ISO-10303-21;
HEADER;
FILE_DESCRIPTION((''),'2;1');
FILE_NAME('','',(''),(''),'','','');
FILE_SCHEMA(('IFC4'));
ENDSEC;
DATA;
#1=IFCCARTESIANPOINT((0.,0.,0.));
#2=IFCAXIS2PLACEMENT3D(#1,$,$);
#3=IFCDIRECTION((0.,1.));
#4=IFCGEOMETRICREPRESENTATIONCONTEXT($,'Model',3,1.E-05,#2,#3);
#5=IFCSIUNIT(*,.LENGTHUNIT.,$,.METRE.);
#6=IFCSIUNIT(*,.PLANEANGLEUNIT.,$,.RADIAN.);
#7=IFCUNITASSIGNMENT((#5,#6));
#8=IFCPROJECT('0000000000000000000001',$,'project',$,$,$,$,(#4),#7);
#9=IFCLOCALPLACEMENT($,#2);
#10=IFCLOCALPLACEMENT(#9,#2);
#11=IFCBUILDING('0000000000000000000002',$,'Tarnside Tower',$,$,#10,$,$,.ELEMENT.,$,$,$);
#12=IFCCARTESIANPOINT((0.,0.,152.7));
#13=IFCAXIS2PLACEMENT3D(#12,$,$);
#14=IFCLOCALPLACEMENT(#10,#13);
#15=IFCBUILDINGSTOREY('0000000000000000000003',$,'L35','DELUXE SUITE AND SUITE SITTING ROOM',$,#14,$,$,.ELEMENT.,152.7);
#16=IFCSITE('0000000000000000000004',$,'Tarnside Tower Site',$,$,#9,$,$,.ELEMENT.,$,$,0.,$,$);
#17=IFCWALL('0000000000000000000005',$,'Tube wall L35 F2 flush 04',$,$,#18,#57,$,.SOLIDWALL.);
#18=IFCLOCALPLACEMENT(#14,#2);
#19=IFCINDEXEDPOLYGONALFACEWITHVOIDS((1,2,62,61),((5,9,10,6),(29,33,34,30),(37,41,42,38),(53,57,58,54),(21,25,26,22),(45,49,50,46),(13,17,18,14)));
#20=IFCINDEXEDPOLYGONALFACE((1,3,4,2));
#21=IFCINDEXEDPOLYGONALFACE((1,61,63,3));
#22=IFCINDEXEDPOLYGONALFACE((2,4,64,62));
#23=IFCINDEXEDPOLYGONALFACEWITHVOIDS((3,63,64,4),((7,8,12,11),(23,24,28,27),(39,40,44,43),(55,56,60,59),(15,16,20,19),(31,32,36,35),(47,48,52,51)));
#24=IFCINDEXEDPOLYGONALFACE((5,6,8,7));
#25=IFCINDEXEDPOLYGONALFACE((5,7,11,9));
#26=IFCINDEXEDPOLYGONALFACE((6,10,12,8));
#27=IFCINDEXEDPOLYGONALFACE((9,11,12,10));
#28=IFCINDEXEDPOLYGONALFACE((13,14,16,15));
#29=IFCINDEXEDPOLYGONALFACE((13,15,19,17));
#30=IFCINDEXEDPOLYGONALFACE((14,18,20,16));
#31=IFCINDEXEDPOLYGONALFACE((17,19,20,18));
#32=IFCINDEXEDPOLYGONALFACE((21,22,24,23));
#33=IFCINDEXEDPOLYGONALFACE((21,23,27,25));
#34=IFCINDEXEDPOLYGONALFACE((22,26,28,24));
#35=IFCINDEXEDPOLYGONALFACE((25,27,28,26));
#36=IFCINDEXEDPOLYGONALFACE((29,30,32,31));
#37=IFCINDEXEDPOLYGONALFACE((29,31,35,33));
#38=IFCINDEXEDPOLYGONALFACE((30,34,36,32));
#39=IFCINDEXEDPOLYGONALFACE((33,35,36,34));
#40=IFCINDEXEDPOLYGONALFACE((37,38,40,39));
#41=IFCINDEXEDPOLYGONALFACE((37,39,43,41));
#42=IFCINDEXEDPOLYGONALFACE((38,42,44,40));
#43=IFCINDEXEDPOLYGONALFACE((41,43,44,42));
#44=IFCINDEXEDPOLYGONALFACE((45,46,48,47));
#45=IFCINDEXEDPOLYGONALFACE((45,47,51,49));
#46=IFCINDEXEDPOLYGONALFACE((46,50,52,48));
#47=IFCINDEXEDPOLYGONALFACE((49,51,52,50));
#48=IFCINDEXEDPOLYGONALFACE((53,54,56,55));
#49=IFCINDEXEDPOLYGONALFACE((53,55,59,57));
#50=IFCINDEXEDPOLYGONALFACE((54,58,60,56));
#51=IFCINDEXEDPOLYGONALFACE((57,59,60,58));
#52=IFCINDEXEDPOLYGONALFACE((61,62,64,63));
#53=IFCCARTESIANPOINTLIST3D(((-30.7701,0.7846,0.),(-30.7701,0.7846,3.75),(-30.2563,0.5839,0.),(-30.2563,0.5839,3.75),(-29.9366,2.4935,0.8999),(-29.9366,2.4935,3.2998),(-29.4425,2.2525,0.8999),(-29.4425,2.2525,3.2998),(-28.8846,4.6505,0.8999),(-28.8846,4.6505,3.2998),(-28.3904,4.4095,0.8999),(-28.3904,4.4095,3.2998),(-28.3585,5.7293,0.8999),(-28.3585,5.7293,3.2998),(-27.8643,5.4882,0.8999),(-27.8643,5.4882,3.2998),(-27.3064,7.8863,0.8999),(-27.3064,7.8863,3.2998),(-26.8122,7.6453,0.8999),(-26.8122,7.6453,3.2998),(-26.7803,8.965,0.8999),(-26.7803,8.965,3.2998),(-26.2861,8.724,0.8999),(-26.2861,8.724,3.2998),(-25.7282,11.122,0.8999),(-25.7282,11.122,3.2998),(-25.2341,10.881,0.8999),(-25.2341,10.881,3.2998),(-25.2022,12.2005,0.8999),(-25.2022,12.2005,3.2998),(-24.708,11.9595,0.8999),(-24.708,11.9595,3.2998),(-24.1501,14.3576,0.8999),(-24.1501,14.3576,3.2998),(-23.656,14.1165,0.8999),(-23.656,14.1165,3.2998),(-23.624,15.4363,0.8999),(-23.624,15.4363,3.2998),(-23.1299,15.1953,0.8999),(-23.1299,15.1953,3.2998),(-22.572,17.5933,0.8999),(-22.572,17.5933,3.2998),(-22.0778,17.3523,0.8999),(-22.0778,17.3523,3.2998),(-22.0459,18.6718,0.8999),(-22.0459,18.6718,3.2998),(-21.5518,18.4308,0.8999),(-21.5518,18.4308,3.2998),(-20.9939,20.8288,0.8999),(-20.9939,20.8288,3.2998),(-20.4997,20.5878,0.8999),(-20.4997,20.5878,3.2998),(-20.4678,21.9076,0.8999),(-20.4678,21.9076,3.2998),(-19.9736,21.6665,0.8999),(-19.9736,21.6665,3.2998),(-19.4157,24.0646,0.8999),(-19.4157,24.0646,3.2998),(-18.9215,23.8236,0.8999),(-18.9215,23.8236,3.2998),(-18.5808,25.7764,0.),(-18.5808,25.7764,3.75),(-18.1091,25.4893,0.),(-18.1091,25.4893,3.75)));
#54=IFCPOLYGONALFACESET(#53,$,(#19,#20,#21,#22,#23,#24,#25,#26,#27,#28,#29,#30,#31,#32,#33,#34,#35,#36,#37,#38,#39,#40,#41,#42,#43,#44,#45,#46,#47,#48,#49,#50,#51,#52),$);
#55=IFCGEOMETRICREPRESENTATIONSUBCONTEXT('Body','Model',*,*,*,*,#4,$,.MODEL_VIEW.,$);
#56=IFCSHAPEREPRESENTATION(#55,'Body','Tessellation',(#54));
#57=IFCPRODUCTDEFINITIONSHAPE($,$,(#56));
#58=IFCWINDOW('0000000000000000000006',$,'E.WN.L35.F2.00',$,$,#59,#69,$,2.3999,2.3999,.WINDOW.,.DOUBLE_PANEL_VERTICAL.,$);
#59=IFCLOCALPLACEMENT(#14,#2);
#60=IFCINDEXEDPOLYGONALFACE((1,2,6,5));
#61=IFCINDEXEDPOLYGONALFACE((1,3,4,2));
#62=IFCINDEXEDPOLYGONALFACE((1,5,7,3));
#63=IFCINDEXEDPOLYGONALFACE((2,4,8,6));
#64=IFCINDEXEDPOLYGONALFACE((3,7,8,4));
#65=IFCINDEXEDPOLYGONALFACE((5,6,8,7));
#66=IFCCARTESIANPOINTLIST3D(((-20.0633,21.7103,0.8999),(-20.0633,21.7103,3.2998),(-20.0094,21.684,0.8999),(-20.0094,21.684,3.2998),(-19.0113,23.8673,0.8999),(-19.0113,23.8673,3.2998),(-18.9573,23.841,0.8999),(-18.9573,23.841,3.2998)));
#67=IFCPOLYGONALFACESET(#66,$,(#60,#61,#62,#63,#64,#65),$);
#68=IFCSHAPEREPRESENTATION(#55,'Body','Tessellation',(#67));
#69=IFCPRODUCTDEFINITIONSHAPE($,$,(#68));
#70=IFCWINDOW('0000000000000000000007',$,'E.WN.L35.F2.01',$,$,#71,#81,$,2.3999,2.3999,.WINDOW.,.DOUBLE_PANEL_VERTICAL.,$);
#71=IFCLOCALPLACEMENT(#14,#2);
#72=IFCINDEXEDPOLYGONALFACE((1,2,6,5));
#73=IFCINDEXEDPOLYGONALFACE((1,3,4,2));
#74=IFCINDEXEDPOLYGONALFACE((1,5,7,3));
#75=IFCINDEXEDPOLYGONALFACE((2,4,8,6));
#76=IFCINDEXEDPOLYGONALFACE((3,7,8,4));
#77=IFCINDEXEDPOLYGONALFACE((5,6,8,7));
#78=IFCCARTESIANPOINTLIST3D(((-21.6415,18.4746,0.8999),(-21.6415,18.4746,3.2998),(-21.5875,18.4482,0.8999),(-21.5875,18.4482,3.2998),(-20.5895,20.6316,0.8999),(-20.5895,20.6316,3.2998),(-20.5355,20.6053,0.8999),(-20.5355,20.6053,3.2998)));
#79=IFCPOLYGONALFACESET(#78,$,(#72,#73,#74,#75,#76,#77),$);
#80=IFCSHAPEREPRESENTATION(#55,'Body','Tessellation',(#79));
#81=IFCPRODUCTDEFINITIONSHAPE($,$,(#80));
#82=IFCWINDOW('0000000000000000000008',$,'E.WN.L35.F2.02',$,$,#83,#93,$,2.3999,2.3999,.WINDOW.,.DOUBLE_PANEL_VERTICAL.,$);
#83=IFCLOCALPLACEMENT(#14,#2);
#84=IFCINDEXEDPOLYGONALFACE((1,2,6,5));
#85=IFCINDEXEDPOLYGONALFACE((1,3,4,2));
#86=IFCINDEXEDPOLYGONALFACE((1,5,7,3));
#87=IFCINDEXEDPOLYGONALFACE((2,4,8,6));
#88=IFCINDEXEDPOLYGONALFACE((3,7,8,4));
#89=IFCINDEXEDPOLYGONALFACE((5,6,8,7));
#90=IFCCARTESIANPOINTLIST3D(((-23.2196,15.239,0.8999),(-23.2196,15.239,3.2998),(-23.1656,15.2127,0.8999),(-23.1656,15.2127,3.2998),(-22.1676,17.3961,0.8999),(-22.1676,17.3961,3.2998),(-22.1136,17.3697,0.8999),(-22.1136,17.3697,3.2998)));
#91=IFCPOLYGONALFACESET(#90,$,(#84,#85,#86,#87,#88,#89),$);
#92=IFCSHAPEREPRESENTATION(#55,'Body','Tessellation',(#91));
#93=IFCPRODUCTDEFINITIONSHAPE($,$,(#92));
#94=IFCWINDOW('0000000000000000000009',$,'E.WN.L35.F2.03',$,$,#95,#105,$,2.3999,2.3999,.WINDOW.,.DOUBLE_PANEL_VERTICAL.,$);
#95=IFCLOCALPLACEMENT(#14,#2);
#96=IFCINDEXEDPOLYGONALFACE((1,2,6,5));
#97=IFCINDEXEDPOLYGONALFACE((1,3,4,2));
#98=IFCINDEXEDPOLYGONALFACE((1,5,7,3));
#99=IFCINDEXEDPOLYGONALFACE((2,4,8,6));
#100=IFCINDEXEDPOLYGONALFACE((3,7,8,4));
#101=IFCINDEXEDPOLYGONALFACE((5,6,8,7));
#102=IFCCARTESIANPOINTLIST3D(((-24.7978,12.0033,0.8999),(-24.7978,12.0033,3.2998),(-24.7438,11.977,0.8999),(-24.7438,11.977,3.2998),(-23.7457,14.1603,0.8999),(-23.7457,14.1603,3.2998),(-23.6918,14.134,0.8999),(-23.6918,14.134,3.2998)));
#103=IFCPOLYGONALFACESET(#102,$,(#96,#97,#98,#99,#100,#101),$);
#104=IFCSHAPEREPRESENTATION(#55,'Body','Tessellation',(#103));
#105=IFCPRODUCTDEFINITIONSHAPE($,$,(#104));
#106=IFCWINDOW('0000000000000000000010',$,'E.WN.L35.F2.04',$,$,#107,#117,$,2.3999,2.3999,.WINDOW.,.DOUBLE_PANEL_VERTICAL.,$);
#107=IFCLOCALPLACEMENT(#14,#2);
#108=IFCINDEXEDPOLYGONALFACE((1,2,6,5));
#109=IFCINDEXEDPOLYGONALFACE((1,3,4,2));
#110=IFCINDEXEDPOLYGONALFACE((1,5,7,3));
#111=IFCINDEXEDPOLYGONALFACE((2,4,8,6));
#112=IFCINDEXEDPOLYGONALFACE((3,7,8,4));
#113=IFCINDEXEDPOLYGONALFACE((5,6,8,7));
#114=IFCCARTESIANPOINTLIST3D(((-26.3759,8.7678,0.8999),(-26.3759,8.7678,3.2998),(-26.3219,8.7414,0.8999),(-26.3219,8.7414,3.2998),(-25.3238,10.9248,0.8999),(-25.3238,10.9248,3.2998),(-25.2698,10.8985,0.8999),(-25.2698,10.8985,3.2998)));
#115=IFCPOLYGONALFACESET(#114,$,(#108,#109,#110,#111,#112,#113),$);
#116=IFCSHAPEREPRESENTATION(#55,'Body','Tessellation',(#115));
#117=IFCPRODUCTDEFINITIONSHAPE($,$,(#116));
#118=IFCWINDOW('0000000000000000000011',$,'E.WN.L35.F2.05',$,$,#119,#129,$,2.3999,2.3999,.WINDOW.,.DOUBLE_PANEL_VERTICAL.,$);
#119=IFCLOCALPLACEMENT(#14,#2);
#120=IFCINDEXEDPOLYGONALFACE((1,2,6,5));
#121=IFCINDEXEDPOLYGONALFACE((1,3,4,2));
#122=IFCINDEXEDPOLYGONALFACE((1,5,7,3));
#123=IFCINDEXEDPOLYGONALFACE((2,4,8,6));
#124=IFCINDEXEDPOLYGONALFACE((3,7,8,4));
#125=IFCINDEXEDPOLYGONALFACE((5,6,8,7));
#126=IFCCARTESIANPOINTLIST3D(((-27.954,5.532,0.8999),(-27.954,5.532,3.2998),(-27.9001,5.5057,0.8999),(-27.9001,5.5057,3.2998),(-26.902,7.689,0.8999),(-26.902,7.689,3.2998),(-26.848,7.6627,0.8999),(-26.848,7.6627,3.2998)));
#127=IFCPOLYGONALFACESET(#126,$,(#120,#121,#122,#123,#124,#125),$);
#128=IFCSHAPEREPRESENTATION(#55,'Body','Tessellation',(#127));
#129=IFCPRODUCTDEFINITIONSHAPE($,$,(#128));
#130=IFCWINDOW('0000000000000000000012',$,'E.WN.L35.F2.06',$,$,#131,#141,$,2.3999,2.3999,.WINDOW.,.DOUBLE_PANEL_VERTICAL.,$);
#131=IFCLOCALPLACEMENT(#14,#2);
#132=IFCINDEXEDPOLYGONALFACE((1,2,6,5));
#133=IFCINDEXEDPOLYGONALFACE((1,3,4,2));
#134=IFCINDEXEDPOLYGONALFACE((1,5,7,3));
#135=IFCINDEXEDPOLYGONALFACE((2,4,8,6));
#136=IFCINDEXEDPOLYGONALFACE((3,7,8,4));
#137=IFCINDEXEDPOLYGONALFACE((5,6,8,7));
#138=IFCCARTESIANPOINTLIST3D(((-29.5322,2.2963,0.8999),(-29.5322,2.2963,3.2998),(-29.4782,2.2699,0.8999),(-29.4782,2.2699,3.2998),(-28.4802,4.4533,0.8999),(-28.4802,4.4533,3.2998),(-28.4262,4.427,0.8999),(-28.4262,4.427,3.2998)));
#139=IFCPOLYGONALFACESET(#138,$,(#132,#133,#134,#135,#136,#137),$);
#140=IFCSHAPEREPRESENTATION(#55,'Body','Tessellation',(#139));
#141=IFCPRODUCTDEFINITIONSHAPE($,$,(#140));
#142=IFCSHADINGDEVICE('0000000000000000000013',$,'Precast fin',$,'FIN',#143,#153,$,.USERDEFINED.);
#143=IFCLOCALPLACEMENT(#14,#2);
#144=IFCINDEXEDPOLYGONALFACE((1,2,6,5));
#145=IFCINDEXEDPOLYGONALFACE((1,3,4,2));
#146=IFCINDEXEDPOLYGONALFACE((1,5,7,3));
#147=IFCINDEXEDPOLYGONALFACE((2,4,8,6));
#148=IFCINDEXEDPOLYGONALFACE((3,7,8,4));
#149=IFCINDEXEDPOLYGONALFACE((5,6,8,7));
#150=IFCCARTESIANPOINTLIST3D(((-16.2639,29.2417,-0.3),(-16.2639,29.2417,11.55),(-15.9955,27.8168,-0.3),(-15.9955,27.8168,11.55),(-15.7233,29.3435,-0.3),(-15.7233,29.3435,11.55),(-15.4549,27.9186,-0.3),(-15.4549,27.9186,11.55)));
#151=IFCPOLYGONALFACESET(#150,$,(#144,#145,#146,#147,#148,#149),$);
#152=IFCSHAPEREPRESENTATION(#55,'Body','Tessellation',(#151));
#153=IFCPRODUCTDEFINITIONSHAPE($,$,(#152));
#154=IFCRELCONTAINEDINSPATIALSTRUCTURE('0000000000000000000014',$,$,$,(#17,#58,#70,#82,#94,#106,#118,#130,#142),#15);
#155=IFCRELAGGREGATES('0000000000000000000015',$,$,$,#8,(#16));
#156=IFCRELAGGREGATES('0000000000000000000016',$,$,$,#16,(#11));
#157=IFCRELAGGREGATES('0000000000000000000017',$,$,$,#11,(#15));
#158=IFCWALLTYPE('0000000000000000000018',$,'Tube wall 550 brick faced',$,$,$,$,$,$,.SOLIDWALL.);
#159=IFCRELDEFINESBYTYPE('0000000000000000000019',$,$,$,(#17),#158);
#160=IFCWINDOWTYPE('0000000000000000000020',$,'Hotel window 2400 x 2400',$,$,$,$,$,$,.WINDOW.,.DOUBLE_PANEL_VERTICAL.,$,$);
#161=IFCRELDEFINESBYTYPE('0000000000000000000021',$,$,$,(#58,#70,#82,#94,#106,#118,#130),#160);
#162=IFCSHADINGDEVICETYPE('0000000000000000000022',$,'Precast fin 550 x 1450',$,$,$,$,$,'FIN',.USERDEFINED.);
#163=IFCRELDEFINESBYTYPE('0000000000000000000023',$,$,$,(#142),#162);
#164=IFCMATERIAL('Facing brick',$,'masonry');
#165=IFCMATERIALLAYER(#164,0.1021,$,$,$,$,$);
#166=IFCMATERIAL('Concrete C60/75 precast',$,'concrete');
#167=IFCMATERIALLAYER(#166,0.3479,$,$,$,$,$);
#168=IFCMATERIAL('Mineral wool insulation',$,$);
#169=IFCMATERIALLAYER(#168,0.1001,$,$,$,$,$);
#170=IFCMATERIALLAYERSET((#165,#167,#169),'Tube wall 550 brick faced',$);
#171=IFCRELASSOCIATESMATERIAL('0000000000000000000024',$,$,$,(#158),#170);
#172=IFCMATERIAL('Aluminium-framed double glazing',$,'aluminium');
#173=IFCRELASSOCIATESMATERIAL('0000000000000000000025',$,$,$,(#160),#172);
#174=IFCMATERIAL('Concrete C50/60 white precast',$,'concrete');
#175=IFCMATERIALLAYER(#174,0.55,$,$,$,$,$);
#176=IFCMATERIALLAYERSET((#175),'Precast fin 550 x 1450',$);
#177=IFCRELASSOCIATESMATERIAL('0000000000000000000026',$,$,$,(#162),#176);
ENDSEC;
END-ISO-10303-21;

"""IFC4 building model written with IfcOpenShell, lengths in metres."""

from ifc_helpers import new_model, si_unit, direction, frame, frame_2d, origin, place, context, subcontext, project, spatial, polyline, rectangle, outline, extrude, material, layer, layer_set, type_object, element, fill, save


model = new_model("IFC4")

# Units and contexts
model_context = context("Model", 3, precision=1e-05, world=origin(), true_north=direction((0.0, 1.0)))
body_context = subcontext(model_context, "Body", "Model", "MODEL_VIEW")
ifc_project = project(units=[si_unit("LENGTHUNIT", "METRE"), si_unit("PLANEANGLEUNIT", "RADIAN")], contexts=[model_context])

# Site, building, storey
site_placement = place(None, origin())
site = spatial("IfcSite", under=ifc_project, at=site_placement, Name="Tarnside Tower Site", CompositionType="ELEMENT", RefElevation=0.0)
building_placement = place(site_placement, origin())
building = spatial("IfcBuilding", under=site, at=building_placement, Name="Tarnside Tower", CompositionType="ELEMENT")
storey_placement = place(building_placement, frame((0.0, 0.0, 152.7)))
storey = spatial("IfcBuildingStorey", under=building, at=storey_placement, Name="L35", Description="DELUXE SUITE AND SUITE SITTING ROOM", CompositionType="ELEMENT", Elevation=152.7)

# Shared definitions
ifc_material_1 = material(Name="Facing brick", Category="masonry")
ifc_layer_1 = layer(ifc_material_1, 0.1021)
ifc_material_2 = material(Name="Concrete C60/75 precast", Category="concrete")
ifc_layer_2 = layer(ifc_material_2, 0.3479)
ifc_material_3 = material(Name="Mineral wool insulation")
ifc_layer_3 = layer(ifc_material_3, 0.1001)
ifc_layer_set_1 = layer_set([ifc_layer_1, ifc_layer_2, ifc_layer_3], Name="Tube wall 550 brick faced")
wall_type_1 = type_object("IfcWallType", Name="Tube wall 550 brick faced", PredefinedType="SOLIDWALL", material=ifc_layer_set_1)

# Wall, openings, windows
wall_1_placement = place(storey_placement, frame((-18.345, 25.6328, 0.0), z_axis=(0.0, 0.0, 1.0), x_axis=(-0.438372, -0.898794, 0.0)))
wall_1 = element("IfcWall", 1, at=wall_1_placement, inside=storey, type_object=wall_type_1, Name="Tube wall L35 F2 flush 04", PredefinedType="SOLIDWALL", context=body_context, shape_type="SweptSolid", body=[
    extrude(outline(polyline([(-0.0256, -0.2749), (27.7803, -0.2749), (27.7354, 0.2749), (0.0256, 0.2749), (-0.0256, -0.2749)])), origin(), (0.0, 0.0, 1.0), 3.75),
])
opening_1_placement = place(wall_1_placement, frame((1.8789, 0.0, 0.8999)))
opening_1 = element("IfcOpeningElement", 2, at=opening_1_placement, cuts=wall_1, PredefinedType="OPENING", context=body_context, shape_type="SweptSolid", body=[
    extrude(rectangle(XDim=2.3999, YDim=2.3999, at=frame_2d((1.2, 1.2))), frame((0.0, 0.2852, 0.0), z_axis=(0.0, -1.0, 0.0), x_axis=(1.0, 0.0, 0.0)), (0.0, 0.0, 1.0), 0.5701),
])
opening_2_placement = place(wall_1_placement, frame((5.479, 0.0, 0.8999)))
opening_2 = element("IfcOpeningElement", 3, at=opening_2_placement, cuts=wall_1, PredefinedType="OPENING", context=body_context, shape_type="SweptSolid", body=[
    extrude(rectangle(XDim=2.3999, YDim=2.3999, at=frame_2d((1.2, 1.2))), frame((0.0, 0.2852, 0.0), z_axis=(0.0, -1.0, 0.0), x_axis=(1.0, 0.0, 0.0)), (0.0, 0.0, 1.0), 0.5701),
])
opening_3_placement = place(wall_1_placement, frame((9.0789, 0.0, 0.8999)))
opening_3 = element("IfcOpeningElement", 4, at=opening_3_placement, cuts=wall_1, PredefinedType="OPENING", context=body_context, shape_type="SweptSolid", body=[
    extrude(rectangle(XDim=2.3999, YDim=2.3999, at=frame_2d((1.2, 1.2))), frame((0.0, 0.2852, 0.0), z_axis=(0.0, -1.0, 0.0), x_axis=(1.0, 0.0, 0.0)), (0.0, 0.0, 1.0), 0.5701),
])
opening_4_placement = place(wall_1_placement, frame((12.679, 0.0, 0.8999)))
opening_4 = element("IfcOpeningElement", 5, at=opening_4_placement, cuts=wall_1, PredefinedType="OPENING", context=body_context, shape_type="SweptSolid", body=[
    extrude(rectangle(XDim=2.3999, YDim=2.3999, at=frame_2d((1.2, 1.2))), frame((0.0, 0.2852, 0.0), z_axis=(0.0, -1.0, 0.0), x_axis=(1.0, 0.0, 0.0)), (0.0, 0.0, 1.0), 0.5701),
])
opening_5_placement = place(wall_1_placement, frame((16.2788, 0.0, 0.8999)))
opening_5 = element("IfcOpeningElement", 6, at=opening_5_placement, cuts=wall_1, PredefinedType="OPENING", context=body_context, shape_type="SweptSolid", body=[
    extrude(rectangle(XDim=2.3999, YDim=2.3999, at=frame_2d((1.2, 1.2))), frame((0.0, 0.2852, 0.0), z_axis=(0.0, -1.0, 0.0), x_axis=(1.0, 0.0, 0.0)), (0.0, 0.0, 1.0), 0.5701),
])
opening_6_placement = place(wall_1_placement, frame((19.8789, 0.0, 0.8999)))
opening_6 = element("IfcOpeningElement", 7, at=opening_6_placement, cuts=wall_1, PredefinedType="OPENING", context=body_context, shape_type="SweptSolid", body=[
    extrude(rectangle(XDim=2.3999, YDim=2.3999, at=frame_2d((1.2, 1.2))), frame((0.0, 0.2852, 0.0), z_axis=(0.0, -1.0, 0.0), x_axis=(1.0, 0.0, 0.0)), (0.0, 0.0, 1.0), 0.5701),
])
opening_7_placement = place(wall_1_placement, frame((23.479, 0.0, 0.8999)))
opening_7 = element("IfcOpeningElement", 8, at=opening_7_placement, cuts=wall_1, PredefinedType="OPENING", context=body_context, shape_type="SweptSolid", body=[
    extrude(rectangle(XDim=2.3999, YDim=2.3999, at=frame_2d((1.2, 1.2))), frame((0.0, 0.2852, 0.0), z_axis=(0.0, -1.0, 0.0), x_axis=(1.0, 0.0, 0.0)), (0.0, 0.0, 1.0), 0.5701),
])
ifc_material_4 = material(Name="Aluminium-framed double glazing", Category="aluminium")
window_type = type_object("IfcWindowType", Name="Hotel window 2400 x 2400", PartitioningType="DOUBLE_PANEL_VERTICAL", PredefinedType="WINDOW", material=ifc_material_4)
window_1_placement = place(opening_1_placement, frame((0.0, 0.2051, 0.0)))
window_1 = element("IfcWindow", 9, at=window_1_placement, inside=storey, type_object=window_type, Name="E.WN.L35.F2.00", OverallHeight=2.3999, OverallWidth=2.3999, PartitioningType="DOUBLE_PANEL_VERTICAL", PredefinedType="WINDOW", context=body_context, shape_type="SweptSolid", body=[
    extrude(rectangle(XDim=2.3999, YDim=2.3999, at=frame_2d((1.2, 1.2))), frame((0.0, 0.03, 0.0), z_axis=(0.0, -1.0, 0.0), x_axis=(1.0, 0.0, 0.0)), (0.0, 0.0, 1.0), 0.0601),
])
fill(opening_1, window_1)
window_2_placement = place(opening_2_placement, frame((0.0, 0.2051, 0.0)))
window_2 = element("IfcWindow", 10, at=window_2_placement, inside=storey, type_object=window_type, Name="E.WN.L35.F2.01", OverallHeight=2.3999, OverallWidth=2.3999, PartitioningType="DOUBLE_PANEL_VERTICAL", PredefinedType="WINDOW", context=body_context, shape_type="SweptSolid", body=[
    extrude(rectangle(XDim=2.3999, YDim=2.3999, at=frame_2d((1.2, 1.2))), frame((0.0, 0.03, 0.0), z_axis=(0.0, -1.0, 0.0), x_axis=(1.0, 0.0, 0.0)), (0.0, 0.0, 1.0), 0.0601),
])
fill(opening_2, window_2)
window_3_placement = place(opening_3_placement, frame((0.0, 0.2051, 0.0)))
window_3 = element("IfcWindow", 11, at=window_3_placement, inside=storey, type_object=window_type, Name="E.WN.L35.F2.02", OverallHeight=2.3999, OverallWidth=2.3999, PartitioningType="DOUBLE_PANEL_VERTICAL", PredefinedType="WINDOW", context=body_context, shape_type="SweptSolid", body=[
    extrude(rectangle(XDim=2.3999, YDim=2.3999, at=frame_2d((1.2, 1.2))), frame((0.0, 0.03, 0.0), z_axis=(0.0, -1.0, 0.0), x_axis=(1.0, 0.0, 0.0)), (0.0, 0.0, 1.0), 0.0601),
])
fill(opening_3, window_3)
window_4_placement = place(opening_4_placement, frame((0.0, 0.2051, 0.0)))
window_4 = element("IfcWindow", 12, at=window_4_placement, inside=storey, type_object=window_type, Name="E.WN.L35.F2.03", OverallHeight=2.3999, OverallWidth=2.3999, PartitioningType="DOUBLE_PANEL_VERTICAL", PredefinedType="WINDOW", context=body_context, shape_type="SweptSolid", body=[
    extrude(rectangle(XDim=2.3999, YDim=2.3999, at=frame_2d((1.2, 1.2))), frame((0.0, 0.03, 0.0), z_axis=(0.0, -1.0, 0.0), x_axis=(1.0, 0.0, 0.0)), (0.0, 0.0, 1.0), 0.0601),
])
fill(opening_4, window_4)
window_5_placement = place(opening_5_placement, frame((0.0, 0.2051, 0.0)))
window_5 = element("IfcWindow", 13, at=window_5_placement, inside=storey, type_object=window_type, Name="E.WN.L35.F2.04", OverallHeight=2.3999, OverallWidth=2.3999, PartitioningType="DOUBLE_PANEL_VERTICAL", PredefinedType="WINDOW", context=body_context, shape_type="SweptSolid", body=[
    extrude(rectangle(XDim=2.3999, YDim=2.3999, at=frame_2d((1.2, 1.2))), frame((0.0, 0.03, 0.0), z_axis=(0.0, -1.0, 0.0), x_axis=(1.0, 0.0, 0.0)), (0.0, 0.0, 1.0), 0.0601),
])
fill(opening_5, window_5)
window_6_placement = place(opening_6_placement, frame((0.0, 0.2051, 0.0)))
window_6 = element("IfcWindow", 14, at=window_6_placement, inside=storey, type_object=window_type, Name="E.WN.L35.F2.05", OverallHeight=2.3999, OverallWidth=2.3999, PartitioningType="DOUBLE_PANEL_VERTICAL", PredefinedType="WINDOW", context=body_context, shape_type="SweptSolid", body=[
    extrude(rectangle(XDim=2.3999, YDim=2.3999, at=frame_2d((1.2, 1.2))), frame((0.0, 0.03, 0.0), z_axis=(0.0, -1.0, 0.0), x_axis=(1.0, 0.0, 0.0)), (0.0, 0.0, 1.0), 0.0601),
])
fill(opening_6, window_6)
window_7_placement = place(opening_7_placement, frame((0.0, 0.2051, 0.0)))
window_7 = element("IfcWindow", 15, at=window_7_placement, inside=storey, type_object=window_type, Name="E.WN.L35.F2.06", OverallHeight=2.3999, OverallWidth=2.3999, PartitioningType="DOUBLE_PANEL_VERTICAL", PredefinedType="WINDOW", context=body_context, shape_type="SweptSolid", body=[
    extrude(rectangle(XDim=2.3999, YDim=2.3999, at=frame_2d((1.2, 1.2))), frame((0.0, 0.03, 0.0), z_axis=(0.0, -1.0, 0.0), x_axis=(1.0, 0.0, 0.0)), (0.0, 0.0, 1.0), 0.0601),
])
fill(opening_7, window_7)

# Shading device
ifc_material_5 = material(Name="Concrete C50/60 white precast", Category="concrete")
ifc_layer_4 = layer(ifc_material_5, 0.55)
ifc_layer_set_2 = layer_set([ifc_layer_4], Name="Precast fin 550 x 1450")
shading_device_type_1 = type_object("IfcShadingDeviceType", Name="Precast fin 550 x 1450", ElementType="FIN", PredefinedType="USERDEFINED", material=ifc_layer_set_2)
for number, where, z_axis, x_axis, name in (
    (16, (-15.7253, 27.8677, -0.3), (0.982721, 0.185095, 0.0), (-0.185095, 0.982721, 0.0), "Precast fin"),
):
    element("IfcShadingDevice", number, at=place(storey_placement, frame(where, z_axis=z_axis, x_axis=x_axis)), inside=storey, type_object=shading_device_type_1, Name=name, ObjectType="FIN", PredefinedType="USERDEFINED", context=body_context, shape_type="SweptSolid", body=[
        extrude(outline(polyline([(0.0, 0.0), (1.45, 0.0), (1.45, 11.8501), (0.0, 11.8501), (0.0, 0.0)])), frame((0.0, 0.0, -0.2749)), (0.0, 0.0, 1.0), 0.55),
    ])

save(model, "model.ifc")
